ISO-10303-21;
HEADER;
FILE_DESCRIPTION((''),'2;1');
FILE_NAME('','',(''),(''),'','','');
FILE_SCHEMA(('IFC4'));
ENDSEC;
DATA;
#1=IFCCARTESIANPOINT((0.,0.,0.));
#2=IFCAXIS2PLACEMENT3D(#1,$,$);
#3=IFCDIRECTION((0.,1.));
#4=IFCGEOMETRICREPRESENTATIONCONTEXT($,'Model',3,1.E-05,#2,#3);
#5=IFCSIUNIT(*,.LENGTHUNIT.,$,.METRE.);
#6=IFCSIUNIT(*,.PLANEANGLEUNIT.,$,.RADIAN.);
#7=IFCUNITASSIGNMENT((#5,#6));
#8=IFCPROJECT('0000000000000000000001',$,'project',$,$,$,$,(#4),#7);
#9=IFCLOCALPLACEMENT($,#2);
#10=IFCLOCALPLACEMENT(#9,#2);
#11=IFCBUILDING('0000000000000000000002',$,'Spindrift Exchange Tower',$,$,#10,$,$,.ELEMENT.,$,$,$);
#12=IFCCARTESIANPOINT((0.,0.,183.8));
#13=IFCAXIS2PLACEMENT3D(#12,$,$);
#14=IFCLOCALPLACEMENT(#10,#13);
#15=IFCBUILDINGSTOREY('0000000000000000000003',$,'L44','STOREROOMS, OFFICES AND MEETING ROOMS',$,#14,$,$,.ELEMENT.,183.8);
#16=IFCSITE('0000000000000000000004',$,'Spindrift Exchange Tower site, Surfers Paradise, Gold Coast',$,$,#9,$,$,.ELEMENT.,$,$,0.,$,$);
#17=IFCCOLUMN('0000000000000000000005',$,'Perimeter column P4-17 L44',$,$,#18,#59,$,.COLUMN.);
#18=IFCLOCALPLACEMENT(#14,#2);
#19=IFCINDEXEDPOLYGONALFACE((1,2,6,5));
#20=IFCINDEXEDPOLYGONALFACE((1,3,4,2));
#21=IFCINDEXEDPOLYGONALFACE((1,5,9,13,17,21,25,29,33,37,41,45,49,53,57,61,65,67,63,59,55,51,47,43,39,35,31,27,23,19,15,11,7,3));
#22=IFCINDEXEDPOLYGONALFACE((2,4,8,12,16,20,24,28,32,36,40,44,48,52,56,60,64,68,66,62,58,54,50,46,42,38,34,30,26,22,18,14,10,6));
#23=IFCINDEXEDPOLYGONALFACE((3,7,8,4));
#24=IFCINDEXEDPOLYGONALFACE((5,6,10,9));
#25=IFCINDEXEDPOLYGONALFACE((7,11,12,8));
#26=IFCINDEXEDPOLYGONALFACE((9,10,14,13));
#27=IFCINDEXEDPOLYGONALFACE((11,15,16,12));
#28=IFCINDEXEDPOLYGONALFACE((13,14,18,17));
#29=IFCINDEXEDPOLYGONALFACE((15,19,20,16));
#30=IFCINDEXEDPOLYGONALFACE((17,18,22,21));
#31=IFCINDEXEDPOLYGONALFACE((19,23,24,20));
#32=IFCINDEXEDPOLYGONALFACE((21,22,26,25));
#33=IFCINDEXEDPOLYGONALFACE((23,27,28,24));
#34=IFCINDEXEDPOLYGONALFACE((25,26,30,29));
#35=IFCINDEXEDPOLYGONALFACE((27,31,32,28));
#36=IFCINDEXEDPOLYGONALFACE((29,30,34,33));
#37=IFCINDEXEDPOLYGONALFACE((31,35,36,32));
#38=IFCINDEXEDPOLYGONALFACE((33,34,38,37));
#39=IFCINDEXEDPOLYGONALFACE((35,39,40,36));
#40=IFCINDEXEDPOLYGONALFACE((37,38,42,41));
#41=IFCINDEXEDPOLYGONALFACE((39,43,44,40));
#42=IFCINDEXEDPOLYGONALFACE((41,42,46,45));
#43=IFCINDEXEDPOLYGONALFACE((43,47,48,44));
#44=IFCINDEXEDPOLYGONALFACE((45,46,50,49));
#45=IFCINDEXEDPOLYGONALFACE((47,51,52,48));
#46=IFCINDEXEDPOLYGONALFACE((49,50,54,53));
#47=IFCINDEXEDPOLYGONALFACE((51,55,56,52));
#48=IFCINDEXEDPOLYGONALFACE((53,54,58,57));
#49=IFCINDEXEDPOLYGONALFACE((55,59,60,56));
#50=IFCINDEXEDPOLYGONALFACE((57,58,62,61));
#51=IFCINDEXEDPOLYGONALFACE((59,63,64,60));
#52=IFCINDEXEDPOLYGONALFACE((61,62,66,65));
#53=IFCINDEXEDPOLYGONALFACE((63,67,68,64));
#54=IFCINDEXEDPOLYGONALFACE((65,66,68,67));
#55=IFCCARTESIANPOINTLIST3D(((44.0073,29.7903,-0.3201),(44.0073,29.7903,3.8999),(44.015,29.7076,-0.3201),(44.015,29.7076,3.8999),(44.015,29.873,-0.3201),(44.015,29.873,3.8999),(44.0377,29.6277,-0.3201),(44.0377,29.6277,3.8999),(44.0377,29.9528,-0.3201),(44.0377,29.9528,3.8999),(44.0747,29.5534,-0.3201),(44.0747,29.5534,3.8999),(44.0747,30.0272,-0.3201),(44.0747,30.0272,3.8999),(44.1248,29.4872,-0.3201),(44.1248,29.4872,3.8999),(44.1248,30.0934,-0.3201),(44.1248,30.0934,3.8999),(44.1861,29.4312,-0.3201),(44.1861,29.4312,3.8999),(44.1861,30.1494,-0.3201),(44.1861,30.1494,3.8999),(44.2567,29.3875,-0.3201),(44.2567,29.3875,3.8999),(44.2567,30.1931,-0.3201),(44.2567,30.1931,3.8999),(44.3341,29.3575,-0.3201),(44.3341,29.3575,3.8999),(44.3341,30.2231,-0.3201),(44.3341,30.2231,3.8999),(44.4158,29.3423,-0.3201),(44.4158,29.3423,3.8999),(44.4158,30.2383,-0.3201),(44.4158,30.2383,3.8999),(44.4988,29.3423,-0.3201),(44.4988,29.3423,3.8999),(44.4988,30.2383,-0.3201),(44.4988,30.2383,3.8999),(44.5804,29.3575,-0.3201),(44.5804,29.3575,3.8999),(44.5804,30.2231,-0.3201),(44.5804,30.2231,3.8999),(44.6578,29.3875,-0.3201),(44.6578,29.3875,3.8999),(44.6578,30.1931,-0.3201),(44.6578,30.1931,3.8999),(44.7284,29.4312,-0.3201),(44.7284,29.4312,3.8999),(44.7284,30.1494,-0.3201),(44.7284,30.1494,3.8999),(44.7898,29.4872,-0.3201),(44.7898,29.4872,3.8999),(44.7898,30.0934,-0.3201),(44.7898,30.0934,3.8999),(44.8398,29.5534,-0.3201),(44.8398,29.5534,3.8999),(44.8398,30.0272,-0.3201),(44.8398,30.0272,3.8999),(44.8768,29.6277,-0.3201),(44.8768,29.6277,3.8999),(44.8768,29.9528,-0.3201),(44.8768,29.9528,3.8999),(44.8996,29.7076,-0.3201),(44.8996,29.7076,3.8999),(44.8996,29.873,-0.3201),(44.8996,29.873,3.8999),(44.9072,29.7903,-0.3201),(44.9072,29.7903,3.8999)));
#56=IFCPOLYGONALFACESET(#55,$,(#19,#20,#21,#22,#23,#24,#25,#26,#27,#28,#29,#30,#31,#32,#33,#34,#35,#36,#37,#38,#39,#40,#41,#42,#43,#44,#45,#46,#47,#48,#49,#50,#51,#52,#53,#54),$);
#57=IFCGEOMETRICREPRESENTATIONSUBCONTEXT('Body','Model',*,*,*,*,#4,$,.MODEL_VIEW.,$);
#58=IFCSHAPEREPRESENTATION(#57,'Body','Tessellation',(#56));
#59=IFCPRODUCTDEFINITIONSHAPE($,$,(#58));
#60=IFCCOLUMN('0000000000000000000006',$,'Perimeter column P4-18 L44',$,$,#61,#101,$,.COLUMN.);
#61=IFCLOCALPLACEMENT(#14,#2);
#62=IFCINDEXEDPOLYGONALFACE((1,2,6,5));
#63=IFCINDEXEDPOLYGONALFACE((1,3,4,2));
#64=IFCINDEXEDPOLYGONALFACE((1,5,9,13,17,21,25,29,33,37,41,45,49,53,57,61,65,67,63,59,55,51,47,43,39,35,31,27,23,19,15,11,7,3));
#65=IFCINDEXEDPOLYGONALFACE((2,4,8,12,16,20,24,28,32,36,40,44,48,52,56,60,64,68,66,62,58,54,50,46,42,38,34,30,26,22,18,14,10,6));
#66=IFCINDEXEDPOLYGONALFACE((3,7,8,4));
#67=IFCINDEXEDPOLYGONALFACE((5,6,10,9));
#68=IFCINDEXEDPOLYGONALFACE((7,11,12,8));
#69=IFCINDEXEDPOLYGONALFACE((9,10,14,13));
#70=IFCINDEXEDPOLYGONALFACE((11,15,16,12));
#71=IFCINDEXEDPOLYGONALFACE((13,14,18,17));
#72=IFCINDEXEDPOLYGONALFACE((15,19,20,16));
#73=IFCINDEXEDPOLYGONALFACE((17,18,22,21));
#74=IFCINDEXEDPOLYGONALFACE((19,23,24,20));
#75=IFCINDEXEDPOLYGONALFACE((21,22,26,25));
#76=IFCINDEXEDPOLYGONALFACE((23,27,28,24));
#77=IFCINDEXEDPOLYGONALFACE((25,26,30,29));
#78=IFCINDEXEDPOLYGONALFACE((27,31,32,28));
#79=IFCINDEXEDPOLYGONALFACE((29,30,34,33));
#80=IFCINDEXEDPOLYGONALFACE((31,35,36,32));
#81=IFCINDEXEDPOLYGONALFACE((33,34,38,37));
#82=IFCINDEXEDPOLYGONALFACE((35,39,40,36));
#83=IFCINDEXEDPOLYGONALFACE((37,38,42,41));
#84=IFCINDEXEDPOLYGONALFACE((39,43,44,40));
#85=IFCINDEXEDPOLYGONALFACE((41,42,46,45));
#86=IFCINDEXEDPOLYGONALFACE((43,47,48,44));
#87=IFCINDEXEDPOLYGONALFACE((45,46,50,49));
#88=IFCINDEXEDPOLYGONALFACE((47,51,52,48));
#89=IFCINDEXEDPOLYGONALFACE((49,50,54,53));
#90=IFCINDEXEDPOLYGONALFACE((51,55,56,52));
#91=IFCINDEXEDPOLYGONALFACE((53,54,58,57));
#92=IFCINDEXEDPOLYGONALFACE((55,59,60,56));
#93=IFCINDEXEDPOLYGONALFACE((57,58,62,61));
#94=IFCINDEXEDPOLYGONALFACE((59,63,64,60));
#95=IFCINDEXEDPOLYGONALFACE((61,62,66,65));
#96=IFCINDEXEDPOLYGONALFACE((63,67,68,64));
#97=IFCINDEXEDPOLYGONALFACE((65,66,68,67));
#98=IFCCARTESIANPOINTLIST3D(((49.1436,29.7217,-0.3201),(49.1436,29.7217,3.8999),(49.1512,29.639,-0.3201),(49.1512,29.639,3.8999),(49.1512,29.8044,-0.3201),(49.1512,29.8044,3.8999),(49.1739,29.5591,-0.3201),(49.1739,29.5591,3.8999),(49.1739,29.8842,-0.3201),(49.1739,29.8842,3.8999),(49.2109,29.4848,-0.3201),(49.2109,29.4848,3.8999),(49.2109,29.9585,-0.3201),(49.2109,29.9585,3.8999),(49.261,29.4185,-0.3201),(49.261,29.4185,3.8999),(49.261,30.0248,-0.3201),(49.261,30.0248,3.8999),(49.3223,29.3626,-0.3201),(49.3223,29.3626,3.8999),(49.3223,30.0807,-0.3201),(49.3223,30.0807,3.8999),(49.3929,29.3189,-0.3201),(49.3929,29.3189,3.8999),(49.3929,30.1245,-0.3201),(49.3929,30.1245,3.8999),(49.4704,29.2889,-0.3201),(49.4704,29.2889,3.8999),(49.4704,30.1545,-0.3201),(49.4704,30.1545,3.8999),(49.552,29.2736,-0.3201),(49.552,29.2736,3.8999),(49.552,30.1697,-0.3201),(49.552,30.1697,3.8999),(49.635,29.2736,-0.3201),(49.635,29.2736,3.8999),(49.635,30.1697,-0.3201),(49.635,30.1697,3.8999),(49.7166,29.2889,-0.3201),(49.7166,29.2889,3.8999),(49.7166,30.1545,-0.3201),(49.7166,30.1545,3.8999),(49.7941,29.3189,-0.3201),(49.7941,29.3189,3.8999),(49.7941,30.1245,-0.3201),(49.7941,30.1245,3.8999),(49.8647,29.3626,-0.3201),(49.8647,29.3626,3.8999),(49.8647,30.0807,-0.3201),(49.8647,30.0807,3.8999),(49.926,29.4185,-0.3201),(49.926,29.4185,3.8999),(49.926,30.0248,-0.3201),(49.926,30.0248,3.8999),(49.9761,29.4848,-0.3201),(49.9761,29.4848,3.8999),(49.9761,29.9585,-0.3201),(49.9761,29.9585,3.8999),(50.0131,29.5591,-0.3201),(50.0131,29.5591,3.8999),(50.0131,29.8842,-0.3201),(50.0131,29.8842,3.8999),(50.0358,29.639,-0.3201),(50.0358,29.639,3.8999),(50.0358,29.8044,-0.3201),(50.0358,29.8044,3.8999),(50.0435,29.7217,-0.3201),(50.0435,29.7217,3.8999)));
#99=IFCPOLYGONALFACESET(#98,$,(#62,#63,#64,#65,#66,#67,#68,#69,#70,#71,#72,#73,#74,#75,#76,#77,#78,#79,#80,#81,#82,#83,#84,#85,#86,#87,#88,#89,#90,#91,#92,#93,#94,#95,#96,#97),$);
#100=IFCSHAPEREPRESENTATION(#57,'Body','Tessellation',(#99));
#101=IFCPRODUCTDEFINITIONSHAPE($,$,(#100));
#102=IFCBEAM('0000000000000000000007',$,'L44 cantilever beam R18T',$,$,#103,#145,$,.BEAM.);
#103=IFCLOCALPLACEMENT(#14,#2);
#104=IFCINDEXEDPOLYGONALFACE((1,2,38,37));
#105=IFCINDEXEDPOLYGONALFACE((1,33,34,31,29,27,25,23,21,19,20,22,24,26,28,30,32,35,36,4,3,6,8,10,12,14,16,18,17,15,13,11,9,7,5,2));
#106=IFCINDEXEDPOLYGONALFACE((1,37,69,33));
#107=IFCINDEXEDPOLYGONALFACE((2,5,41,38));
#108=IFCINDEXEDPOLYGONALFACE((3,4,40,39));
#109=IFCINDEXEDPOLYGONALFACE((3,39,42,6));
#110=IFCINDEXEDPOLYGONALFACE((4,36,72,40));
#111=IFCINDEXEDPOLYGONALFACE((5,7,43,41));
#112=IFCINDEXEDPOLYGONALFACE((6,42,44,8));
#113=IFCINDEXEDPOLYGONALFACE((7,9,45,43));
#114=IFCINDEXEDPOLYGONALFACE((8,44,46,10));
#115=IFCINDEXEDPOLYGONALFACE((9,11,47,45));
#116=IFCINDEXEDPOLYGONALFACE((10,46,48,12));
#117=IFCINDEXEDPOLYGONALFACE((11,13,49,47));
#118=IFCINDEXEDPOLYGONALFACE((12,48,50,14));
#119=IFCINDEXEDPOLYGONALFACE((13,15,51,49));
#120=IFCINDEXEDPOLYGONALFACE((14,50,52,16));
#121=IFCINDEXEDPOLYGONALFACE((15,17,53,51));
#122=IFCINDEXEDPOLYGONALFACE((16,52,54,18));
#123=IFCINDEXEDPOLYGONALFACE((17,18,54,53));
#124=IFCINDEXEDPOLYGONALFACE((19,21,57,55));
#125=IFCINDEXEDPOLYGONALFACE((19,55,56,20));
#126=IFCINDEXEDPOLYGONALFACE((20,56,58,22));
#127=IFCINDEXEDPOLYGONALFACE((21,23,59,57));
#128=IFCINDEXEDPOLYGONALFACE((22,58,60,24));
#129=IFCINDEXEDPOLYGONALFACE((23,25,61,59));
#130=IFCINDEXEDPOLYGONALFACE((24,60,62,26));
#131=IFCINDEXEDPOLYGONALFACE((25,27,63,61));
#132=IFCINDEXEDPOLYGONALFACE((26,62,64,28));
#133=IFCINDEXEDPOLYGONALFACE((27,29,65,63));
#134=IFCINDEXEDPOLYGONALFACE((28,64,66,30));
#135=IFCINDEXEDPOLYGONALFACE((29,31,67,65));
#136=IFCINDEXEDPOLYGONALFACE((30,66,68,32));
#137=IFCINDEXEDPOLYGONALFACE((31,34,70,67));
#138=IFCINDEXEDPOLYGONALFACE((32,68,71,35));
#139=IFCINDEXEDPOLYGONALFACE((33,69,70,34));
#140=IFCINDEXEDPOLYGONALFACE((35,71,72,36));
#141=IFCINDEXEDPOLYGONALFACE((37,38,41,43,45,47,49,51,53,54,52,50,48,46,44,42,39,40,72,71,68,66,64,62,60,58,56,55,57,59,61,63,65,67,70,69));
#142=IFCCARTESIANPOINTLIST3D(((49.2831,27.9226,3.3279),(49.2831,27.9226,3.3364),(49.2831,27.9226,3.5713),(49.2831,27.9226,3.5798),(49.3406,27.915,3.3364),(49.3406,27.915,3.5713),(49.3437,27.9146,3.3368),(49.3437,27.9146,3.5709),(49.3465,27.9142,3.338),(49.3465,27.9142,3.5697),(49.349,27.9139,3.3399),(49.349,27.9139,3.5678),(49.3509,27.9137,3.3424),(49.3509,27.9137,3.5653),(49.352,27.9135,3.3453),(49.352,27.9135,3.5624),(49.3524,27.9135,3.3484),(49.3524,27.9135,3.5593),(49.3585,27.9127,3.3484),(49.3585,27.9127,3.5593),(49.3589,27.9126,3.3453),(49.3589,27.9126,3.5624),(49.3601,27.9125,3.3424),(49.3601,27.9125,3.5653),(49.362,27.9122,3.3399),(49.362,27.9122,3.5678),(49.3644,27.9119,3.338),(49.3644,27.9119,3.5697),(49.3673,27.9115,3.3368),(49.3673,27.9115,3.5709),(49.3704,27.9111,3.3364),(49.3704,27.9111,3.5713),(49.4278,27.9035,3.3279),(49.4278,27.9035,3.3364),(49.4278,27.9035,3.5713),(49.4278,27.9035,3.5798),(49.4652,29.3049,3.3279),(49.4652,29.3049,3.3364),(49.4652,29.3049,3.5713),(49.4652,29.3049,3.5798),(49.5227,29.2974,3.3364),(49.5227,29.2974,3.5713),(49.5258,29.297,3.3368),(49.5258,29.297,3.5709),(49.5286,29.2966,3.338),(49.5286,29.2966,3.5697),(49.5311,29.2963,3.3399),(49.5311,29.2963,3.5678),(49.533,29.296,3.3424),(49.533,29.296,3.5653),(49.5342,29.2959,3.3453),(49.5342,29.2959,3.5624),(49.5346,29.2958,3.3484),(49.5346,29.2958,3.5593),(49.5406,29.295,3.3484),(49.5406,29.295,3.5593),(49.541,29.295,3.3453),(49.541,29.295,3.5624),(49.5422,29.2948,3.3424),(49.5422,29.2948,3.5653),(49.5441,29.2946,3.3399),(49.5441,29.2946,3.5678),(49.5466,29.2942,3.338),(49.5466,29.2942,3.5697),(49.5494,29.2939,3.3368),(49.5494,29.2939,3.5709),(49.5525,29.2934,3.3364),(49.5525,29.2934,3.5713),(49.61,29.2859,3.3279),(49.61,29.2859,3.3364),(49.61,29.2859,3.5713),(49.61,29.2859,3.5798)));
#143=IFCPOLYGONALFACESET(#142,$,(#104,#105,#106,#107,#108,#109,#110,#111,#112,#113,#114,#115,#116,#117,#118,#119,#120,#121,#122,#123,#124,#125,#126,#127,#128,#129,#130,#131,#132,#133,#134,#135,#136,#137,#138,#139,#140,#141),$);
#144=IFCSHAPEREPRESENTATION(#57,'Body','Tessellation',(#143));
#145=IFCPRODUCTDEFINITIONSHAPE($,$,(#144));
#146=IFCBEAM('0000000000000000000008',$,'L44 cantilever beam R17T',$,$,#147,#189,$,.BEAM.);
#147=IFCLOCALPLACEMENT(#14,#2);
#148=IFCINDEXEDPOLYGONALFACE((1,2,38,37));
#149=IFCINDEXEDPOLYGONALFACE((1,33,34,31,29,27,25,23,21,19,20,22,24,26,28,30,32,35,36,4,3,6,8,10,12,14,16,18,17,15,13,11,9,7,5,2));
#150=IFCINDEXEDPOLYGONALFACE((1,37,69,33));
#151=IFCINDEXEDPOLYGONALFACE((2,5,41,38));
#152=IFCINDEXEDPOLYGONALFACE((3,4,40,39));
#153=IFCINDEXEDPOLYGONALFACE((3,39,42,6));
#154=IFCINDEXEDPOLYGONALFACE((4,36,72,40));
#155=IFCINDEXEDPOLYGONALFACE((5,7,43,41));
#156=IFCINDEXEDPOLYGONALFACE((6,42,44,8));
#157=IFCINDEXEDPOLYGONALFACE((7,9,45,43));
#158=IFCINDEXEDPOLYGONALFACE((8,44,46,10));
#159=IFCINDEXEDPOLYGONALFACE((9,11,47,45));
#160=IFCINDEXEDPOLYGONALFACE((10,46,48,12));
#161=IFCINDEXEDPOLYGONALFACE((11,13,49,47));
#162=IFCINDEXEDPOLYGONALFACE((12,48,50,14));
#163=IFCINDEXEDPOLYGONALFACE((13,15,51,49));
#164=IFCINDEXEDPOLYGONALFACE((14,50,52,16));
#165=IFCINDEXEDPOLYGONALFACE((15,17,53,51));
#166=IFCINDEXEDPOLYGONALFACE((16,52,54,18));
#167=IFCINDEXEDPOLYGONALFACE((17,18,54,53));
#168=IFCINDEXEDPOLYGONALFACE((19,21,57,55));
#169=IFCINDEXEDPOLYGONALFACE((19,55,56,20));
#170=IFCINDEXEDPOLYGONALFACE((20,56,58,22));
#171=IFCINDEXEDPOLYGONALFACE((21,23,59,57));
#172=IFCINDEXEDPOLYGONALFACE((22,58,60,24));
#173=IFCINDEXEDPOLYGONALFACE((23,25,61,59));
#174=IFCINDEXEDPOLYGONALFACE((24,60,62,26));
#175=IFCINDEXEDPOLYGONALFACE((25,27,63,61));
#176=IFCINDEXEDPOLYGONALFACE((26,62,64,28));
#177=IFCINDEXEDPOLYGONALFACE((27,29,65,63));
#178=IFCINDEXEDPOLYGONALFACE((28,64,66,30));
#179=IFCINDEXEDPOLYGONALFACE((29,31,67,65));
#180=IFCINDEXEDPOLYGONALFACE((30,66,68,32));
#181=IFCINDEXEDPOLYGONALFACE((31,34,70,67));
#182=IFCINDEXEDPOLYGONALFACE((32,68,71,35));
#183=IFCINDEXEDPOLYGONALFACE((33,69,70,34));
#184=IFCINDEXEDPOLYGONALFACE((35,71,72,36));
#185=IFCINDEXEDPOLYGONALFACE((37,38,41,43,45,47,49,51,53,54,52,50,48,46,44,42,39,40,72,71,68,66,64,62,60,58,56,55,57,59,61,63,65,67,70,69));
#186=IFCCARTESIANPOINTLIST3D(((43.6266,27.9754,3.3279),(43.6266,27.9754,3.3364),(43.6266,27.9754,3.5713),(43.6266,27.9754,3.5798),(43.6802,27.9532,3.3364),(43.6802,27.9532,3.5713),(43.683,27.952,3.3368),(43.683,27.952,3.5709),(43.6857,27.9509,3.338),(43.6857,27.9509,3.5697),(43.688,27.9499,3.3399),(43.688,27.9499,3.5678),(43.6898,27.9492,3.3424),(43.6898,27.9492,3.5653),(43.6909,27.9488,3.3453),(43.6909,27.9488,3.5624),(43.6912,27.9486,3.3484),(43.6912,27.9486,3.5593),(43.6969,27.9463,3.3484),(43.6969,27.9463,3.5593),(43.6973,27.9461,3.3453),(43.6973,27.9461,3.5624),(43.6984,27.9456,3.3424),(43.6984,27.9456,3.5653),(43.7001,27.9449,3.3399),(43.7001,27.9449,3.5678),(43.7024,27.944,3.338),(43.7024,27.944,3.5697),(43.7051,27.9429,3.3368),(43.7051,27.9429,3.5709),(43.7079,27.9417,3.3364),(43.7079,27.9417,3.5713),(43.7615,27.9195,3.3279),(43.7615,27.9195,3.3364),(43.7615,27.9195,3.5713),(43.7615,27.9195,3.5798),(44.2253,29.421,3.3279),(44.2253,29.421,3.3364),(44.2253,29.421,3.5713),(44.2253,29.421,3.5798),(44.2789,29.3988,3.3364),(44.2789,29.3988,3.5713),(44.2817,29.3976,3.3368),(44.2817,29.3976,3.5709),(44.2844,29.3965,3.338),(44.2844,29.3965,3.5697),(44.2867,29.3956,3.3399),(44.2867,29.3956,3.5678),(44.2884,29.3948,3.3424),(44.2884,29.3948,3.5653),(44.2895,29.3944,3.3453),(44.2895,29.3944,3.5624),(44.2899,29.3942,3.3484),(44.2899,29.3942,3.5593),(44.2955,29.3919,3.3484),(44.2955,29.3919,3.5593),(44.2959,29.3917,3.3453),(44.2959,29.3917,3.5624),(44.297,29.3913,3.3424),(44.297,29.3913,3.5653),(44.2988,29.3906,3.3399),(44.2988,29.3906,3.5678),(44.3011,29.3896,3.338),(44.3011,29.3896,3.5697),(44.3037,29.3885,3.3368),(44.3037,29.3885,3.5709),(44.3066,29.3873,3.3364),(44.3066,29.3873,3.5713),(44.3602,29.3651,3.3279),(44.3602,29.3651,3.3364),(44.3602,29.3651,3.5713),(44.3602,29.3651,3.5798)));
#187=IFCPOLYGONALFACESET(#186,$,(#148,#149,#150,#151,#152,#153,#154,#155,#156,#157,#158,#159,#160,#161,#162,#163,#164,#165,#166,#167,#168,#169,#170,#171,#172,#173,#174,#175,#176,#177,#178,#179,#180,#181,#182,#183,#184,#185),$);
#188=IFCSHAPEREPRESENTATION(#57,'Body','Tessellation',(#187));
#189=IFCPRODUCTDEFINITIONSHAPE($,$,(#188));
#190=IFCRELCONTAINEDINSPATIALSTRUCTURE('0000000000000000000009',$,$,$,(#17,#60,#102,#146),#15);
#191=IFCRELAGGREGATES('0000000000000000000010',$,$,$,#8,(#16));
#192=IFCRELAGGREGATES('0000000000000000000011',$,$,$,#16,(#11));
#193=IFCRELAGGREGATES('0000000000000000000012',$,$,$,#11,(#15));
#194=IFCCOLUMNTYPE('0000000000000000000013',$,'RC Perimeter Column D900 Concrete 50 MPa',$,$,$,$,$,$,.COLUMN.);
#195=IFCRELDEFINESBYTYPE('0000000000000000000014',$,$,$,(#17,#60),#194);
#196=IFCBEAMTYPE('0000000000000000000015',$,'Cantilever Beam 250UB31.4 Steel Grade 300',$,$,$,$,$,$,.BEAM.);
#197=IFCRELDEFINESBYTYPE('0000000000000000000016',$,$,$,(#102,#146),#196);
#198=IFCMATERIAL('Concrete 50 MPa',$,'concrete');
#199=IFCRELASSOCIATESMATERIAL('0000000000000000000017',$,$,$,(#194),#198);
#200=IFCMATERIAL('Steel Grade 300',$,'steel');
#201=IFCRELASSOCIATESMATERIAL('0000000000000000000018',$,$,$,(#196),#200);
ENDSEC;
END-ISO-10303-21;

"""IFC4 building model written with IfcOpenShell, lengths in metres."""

from ifc_helpers import new_model, si_unit, direction, frame, origin, origin_2d, place, context, subcontext, project, spatial, circle, i_section, extrude, source, transform, mapped, material, material_profile, profile_set, type_object, element, save


model = new_model("IFC4")

# Units and contexts
model_context = context("Model", 3, precision=1e-05, world=origin(), true_north=direction((0.0, 1.0)))
body_context = subcontext(model_context, "Body", "Model", "MODEL_VIEW")
ifc_project = project(units=[si_unit("LENGTHUNIT", "METRE"), si_unit("PLANEANGLEUNIT", "RADIAN")], contexts=[model_context])

# Site, building, storey
site_placement = place(None, origin())
site = spatial("IfcSite", under=ifc_project, at=site_placement, Name="Spindrift Exchange Tower site, Surfers Paradise, Gold Coast", CompositionType="ELEMENT", RefElevation=0.0)
building_placement = place(site_placement, origin())
building = spatial("IfcBuilding", under=site, at=building_placement, Name="Spindrift Exchange Tower", CompositionType="ELEMENT")
storey_placement = place(building_placement, frame((0.0, 0.0, 183.8)))
storey = spatial("IfcBuildingStorey", under=building, at=storey_placement, Name="L44", Description="STOREROOMS, OFFICES AND MEETING ROOMS", CompositionType="ELEMENT", Elevation=183.8)

# Columns
ifc_material_1 = material(Name="Concrete 50 MPa", Category="concrete")
ifc_material_profile_1 = material_profile(ifc_material_1, circle(Radius=0.45, at=origin_2d()), Name="RC D900")
ifc_profile_set_1 = profile_set([ifc_material_profile_1], Name="Concrete 50 MPa")
column_type = type_object("IfcColumnType", Name="RC Perimeter Column D900 Concrete 50 MPa", PredefinedType="COLUMN", material=ifc_profile_set_1)
shared_shape_1 = source(origin(), body_context, "Body", "SweptSolid", [
    extrude(circle(Radius=0.45, at=origin_2d()), origin(), (0.0, 0.0, 1.0), 4.22),
])
for number, where, z_axis, x_axis, name in (
    (1, (44.4573, 29.7903, -0.3201), (0.0, 0.0, 1.0), (1.0, 0.0, 0.0), "Perimeter column P4-17 L44"),
    (2, (49.5935, 29.7217, -0.3201), (0.0, 0.0, 1.0), (1.0, 0.0, 0.0), "Perimeter column P4-18 L44"),
):
    element("IfcColumn", number, at=place(storey_placement, frame(where, z_axis=z_axis, x_axis=x_axis)), inside=storey, type_object=column_type, Name=name, PredefinedType="COLUMN", context=body_context, shape_type="MappedRepresentation", body=[
        mapped(shared_shape_1, transform((0.0, 0.0, 0.0), scale=1.0)),
    ])

# Beams
ifc_material_2 = material(Name="Steel Grade 300", Category="steel")
ifc_material_profile_2 = material_profile(ifc_material_2, i_section(OverallWidth=0.146, OverallDepth=0.252, WebThickness=0.0061, FlangeThickness=0.0085, FilletRadius=0.012, at=origin_2d()), Name="250UB31.4")
ifc_profile_set_2 = profile_set([ifc_material_profile_2], Name="Steel Grade 300")
beam_type_1 = type_object("IfcBeamType", Name="Cantilever Beam 250UB31.4 Steel Grade 300", PredefinedType="BEAM", material=ifc_profile_set_2)
shared_shape_2 = source(origin(), body_context, "Body", "SweptSolid", [
    extrude(i_section(OverallWidth=0.146, OverallDepth=0.252, WebThickness=0.0061, FlangeThickness=0.0085, FilletRadius=0.012, at=origin_2d()), origin(), (0.0, 0.0, 1.0), 1.3943),
])
beam_1_placement = place(storey_placement, frame((49.5376, 29.2954, 3.4539), z_axis=(-0.130627, -0.991432, 0.0), x_axis=(0.991432, -0.130627, 0.0)))
element("IfcBeam", 3, at=beam_1_placement, inside=storey, type_object=beam_type_1, Name="L44 cantilever beam R18T", PredefinedType="BEAM", context=body_context, shape_type="MappedRepresentation", body=[
    mapped(shared_shape_2, transform((0.0, 0.0, 0.0), scale=1.0)),
])
shared_shape_3 = source(origin(), body_context, "Body", "SweptSolid", [
    extrude(i_section(OverallWidth=0.146, OverallDepth=0.252, WebThickness=0.0061, FlangeThickness=0.0085, FilletRadius=0.012, at=origin_2d()), origin(), (0.0, 0.0, 1.0), 1.5647),
])
beam_2_placement = place(storey_placement, frame((44.2927, 29.3931, 3.4539), z_axis=(-0.382609, -0.92391, 0.0), x_axis=(0.92391, -0.382609, 0.0)))
element("IfcBeam", 4, at=beam_2_placement, inside=storey, type_object=beam_type_1, Name="L44 cantilever beam R17T", PredefinedType="BEAM", context=body_context, shape_type="MappedRepresentation", body=[
    mapped(shared_shape_3, transform((0.0, 0.0, 0.0), scale=1.0)),
])

save(model, "model.ifc")
